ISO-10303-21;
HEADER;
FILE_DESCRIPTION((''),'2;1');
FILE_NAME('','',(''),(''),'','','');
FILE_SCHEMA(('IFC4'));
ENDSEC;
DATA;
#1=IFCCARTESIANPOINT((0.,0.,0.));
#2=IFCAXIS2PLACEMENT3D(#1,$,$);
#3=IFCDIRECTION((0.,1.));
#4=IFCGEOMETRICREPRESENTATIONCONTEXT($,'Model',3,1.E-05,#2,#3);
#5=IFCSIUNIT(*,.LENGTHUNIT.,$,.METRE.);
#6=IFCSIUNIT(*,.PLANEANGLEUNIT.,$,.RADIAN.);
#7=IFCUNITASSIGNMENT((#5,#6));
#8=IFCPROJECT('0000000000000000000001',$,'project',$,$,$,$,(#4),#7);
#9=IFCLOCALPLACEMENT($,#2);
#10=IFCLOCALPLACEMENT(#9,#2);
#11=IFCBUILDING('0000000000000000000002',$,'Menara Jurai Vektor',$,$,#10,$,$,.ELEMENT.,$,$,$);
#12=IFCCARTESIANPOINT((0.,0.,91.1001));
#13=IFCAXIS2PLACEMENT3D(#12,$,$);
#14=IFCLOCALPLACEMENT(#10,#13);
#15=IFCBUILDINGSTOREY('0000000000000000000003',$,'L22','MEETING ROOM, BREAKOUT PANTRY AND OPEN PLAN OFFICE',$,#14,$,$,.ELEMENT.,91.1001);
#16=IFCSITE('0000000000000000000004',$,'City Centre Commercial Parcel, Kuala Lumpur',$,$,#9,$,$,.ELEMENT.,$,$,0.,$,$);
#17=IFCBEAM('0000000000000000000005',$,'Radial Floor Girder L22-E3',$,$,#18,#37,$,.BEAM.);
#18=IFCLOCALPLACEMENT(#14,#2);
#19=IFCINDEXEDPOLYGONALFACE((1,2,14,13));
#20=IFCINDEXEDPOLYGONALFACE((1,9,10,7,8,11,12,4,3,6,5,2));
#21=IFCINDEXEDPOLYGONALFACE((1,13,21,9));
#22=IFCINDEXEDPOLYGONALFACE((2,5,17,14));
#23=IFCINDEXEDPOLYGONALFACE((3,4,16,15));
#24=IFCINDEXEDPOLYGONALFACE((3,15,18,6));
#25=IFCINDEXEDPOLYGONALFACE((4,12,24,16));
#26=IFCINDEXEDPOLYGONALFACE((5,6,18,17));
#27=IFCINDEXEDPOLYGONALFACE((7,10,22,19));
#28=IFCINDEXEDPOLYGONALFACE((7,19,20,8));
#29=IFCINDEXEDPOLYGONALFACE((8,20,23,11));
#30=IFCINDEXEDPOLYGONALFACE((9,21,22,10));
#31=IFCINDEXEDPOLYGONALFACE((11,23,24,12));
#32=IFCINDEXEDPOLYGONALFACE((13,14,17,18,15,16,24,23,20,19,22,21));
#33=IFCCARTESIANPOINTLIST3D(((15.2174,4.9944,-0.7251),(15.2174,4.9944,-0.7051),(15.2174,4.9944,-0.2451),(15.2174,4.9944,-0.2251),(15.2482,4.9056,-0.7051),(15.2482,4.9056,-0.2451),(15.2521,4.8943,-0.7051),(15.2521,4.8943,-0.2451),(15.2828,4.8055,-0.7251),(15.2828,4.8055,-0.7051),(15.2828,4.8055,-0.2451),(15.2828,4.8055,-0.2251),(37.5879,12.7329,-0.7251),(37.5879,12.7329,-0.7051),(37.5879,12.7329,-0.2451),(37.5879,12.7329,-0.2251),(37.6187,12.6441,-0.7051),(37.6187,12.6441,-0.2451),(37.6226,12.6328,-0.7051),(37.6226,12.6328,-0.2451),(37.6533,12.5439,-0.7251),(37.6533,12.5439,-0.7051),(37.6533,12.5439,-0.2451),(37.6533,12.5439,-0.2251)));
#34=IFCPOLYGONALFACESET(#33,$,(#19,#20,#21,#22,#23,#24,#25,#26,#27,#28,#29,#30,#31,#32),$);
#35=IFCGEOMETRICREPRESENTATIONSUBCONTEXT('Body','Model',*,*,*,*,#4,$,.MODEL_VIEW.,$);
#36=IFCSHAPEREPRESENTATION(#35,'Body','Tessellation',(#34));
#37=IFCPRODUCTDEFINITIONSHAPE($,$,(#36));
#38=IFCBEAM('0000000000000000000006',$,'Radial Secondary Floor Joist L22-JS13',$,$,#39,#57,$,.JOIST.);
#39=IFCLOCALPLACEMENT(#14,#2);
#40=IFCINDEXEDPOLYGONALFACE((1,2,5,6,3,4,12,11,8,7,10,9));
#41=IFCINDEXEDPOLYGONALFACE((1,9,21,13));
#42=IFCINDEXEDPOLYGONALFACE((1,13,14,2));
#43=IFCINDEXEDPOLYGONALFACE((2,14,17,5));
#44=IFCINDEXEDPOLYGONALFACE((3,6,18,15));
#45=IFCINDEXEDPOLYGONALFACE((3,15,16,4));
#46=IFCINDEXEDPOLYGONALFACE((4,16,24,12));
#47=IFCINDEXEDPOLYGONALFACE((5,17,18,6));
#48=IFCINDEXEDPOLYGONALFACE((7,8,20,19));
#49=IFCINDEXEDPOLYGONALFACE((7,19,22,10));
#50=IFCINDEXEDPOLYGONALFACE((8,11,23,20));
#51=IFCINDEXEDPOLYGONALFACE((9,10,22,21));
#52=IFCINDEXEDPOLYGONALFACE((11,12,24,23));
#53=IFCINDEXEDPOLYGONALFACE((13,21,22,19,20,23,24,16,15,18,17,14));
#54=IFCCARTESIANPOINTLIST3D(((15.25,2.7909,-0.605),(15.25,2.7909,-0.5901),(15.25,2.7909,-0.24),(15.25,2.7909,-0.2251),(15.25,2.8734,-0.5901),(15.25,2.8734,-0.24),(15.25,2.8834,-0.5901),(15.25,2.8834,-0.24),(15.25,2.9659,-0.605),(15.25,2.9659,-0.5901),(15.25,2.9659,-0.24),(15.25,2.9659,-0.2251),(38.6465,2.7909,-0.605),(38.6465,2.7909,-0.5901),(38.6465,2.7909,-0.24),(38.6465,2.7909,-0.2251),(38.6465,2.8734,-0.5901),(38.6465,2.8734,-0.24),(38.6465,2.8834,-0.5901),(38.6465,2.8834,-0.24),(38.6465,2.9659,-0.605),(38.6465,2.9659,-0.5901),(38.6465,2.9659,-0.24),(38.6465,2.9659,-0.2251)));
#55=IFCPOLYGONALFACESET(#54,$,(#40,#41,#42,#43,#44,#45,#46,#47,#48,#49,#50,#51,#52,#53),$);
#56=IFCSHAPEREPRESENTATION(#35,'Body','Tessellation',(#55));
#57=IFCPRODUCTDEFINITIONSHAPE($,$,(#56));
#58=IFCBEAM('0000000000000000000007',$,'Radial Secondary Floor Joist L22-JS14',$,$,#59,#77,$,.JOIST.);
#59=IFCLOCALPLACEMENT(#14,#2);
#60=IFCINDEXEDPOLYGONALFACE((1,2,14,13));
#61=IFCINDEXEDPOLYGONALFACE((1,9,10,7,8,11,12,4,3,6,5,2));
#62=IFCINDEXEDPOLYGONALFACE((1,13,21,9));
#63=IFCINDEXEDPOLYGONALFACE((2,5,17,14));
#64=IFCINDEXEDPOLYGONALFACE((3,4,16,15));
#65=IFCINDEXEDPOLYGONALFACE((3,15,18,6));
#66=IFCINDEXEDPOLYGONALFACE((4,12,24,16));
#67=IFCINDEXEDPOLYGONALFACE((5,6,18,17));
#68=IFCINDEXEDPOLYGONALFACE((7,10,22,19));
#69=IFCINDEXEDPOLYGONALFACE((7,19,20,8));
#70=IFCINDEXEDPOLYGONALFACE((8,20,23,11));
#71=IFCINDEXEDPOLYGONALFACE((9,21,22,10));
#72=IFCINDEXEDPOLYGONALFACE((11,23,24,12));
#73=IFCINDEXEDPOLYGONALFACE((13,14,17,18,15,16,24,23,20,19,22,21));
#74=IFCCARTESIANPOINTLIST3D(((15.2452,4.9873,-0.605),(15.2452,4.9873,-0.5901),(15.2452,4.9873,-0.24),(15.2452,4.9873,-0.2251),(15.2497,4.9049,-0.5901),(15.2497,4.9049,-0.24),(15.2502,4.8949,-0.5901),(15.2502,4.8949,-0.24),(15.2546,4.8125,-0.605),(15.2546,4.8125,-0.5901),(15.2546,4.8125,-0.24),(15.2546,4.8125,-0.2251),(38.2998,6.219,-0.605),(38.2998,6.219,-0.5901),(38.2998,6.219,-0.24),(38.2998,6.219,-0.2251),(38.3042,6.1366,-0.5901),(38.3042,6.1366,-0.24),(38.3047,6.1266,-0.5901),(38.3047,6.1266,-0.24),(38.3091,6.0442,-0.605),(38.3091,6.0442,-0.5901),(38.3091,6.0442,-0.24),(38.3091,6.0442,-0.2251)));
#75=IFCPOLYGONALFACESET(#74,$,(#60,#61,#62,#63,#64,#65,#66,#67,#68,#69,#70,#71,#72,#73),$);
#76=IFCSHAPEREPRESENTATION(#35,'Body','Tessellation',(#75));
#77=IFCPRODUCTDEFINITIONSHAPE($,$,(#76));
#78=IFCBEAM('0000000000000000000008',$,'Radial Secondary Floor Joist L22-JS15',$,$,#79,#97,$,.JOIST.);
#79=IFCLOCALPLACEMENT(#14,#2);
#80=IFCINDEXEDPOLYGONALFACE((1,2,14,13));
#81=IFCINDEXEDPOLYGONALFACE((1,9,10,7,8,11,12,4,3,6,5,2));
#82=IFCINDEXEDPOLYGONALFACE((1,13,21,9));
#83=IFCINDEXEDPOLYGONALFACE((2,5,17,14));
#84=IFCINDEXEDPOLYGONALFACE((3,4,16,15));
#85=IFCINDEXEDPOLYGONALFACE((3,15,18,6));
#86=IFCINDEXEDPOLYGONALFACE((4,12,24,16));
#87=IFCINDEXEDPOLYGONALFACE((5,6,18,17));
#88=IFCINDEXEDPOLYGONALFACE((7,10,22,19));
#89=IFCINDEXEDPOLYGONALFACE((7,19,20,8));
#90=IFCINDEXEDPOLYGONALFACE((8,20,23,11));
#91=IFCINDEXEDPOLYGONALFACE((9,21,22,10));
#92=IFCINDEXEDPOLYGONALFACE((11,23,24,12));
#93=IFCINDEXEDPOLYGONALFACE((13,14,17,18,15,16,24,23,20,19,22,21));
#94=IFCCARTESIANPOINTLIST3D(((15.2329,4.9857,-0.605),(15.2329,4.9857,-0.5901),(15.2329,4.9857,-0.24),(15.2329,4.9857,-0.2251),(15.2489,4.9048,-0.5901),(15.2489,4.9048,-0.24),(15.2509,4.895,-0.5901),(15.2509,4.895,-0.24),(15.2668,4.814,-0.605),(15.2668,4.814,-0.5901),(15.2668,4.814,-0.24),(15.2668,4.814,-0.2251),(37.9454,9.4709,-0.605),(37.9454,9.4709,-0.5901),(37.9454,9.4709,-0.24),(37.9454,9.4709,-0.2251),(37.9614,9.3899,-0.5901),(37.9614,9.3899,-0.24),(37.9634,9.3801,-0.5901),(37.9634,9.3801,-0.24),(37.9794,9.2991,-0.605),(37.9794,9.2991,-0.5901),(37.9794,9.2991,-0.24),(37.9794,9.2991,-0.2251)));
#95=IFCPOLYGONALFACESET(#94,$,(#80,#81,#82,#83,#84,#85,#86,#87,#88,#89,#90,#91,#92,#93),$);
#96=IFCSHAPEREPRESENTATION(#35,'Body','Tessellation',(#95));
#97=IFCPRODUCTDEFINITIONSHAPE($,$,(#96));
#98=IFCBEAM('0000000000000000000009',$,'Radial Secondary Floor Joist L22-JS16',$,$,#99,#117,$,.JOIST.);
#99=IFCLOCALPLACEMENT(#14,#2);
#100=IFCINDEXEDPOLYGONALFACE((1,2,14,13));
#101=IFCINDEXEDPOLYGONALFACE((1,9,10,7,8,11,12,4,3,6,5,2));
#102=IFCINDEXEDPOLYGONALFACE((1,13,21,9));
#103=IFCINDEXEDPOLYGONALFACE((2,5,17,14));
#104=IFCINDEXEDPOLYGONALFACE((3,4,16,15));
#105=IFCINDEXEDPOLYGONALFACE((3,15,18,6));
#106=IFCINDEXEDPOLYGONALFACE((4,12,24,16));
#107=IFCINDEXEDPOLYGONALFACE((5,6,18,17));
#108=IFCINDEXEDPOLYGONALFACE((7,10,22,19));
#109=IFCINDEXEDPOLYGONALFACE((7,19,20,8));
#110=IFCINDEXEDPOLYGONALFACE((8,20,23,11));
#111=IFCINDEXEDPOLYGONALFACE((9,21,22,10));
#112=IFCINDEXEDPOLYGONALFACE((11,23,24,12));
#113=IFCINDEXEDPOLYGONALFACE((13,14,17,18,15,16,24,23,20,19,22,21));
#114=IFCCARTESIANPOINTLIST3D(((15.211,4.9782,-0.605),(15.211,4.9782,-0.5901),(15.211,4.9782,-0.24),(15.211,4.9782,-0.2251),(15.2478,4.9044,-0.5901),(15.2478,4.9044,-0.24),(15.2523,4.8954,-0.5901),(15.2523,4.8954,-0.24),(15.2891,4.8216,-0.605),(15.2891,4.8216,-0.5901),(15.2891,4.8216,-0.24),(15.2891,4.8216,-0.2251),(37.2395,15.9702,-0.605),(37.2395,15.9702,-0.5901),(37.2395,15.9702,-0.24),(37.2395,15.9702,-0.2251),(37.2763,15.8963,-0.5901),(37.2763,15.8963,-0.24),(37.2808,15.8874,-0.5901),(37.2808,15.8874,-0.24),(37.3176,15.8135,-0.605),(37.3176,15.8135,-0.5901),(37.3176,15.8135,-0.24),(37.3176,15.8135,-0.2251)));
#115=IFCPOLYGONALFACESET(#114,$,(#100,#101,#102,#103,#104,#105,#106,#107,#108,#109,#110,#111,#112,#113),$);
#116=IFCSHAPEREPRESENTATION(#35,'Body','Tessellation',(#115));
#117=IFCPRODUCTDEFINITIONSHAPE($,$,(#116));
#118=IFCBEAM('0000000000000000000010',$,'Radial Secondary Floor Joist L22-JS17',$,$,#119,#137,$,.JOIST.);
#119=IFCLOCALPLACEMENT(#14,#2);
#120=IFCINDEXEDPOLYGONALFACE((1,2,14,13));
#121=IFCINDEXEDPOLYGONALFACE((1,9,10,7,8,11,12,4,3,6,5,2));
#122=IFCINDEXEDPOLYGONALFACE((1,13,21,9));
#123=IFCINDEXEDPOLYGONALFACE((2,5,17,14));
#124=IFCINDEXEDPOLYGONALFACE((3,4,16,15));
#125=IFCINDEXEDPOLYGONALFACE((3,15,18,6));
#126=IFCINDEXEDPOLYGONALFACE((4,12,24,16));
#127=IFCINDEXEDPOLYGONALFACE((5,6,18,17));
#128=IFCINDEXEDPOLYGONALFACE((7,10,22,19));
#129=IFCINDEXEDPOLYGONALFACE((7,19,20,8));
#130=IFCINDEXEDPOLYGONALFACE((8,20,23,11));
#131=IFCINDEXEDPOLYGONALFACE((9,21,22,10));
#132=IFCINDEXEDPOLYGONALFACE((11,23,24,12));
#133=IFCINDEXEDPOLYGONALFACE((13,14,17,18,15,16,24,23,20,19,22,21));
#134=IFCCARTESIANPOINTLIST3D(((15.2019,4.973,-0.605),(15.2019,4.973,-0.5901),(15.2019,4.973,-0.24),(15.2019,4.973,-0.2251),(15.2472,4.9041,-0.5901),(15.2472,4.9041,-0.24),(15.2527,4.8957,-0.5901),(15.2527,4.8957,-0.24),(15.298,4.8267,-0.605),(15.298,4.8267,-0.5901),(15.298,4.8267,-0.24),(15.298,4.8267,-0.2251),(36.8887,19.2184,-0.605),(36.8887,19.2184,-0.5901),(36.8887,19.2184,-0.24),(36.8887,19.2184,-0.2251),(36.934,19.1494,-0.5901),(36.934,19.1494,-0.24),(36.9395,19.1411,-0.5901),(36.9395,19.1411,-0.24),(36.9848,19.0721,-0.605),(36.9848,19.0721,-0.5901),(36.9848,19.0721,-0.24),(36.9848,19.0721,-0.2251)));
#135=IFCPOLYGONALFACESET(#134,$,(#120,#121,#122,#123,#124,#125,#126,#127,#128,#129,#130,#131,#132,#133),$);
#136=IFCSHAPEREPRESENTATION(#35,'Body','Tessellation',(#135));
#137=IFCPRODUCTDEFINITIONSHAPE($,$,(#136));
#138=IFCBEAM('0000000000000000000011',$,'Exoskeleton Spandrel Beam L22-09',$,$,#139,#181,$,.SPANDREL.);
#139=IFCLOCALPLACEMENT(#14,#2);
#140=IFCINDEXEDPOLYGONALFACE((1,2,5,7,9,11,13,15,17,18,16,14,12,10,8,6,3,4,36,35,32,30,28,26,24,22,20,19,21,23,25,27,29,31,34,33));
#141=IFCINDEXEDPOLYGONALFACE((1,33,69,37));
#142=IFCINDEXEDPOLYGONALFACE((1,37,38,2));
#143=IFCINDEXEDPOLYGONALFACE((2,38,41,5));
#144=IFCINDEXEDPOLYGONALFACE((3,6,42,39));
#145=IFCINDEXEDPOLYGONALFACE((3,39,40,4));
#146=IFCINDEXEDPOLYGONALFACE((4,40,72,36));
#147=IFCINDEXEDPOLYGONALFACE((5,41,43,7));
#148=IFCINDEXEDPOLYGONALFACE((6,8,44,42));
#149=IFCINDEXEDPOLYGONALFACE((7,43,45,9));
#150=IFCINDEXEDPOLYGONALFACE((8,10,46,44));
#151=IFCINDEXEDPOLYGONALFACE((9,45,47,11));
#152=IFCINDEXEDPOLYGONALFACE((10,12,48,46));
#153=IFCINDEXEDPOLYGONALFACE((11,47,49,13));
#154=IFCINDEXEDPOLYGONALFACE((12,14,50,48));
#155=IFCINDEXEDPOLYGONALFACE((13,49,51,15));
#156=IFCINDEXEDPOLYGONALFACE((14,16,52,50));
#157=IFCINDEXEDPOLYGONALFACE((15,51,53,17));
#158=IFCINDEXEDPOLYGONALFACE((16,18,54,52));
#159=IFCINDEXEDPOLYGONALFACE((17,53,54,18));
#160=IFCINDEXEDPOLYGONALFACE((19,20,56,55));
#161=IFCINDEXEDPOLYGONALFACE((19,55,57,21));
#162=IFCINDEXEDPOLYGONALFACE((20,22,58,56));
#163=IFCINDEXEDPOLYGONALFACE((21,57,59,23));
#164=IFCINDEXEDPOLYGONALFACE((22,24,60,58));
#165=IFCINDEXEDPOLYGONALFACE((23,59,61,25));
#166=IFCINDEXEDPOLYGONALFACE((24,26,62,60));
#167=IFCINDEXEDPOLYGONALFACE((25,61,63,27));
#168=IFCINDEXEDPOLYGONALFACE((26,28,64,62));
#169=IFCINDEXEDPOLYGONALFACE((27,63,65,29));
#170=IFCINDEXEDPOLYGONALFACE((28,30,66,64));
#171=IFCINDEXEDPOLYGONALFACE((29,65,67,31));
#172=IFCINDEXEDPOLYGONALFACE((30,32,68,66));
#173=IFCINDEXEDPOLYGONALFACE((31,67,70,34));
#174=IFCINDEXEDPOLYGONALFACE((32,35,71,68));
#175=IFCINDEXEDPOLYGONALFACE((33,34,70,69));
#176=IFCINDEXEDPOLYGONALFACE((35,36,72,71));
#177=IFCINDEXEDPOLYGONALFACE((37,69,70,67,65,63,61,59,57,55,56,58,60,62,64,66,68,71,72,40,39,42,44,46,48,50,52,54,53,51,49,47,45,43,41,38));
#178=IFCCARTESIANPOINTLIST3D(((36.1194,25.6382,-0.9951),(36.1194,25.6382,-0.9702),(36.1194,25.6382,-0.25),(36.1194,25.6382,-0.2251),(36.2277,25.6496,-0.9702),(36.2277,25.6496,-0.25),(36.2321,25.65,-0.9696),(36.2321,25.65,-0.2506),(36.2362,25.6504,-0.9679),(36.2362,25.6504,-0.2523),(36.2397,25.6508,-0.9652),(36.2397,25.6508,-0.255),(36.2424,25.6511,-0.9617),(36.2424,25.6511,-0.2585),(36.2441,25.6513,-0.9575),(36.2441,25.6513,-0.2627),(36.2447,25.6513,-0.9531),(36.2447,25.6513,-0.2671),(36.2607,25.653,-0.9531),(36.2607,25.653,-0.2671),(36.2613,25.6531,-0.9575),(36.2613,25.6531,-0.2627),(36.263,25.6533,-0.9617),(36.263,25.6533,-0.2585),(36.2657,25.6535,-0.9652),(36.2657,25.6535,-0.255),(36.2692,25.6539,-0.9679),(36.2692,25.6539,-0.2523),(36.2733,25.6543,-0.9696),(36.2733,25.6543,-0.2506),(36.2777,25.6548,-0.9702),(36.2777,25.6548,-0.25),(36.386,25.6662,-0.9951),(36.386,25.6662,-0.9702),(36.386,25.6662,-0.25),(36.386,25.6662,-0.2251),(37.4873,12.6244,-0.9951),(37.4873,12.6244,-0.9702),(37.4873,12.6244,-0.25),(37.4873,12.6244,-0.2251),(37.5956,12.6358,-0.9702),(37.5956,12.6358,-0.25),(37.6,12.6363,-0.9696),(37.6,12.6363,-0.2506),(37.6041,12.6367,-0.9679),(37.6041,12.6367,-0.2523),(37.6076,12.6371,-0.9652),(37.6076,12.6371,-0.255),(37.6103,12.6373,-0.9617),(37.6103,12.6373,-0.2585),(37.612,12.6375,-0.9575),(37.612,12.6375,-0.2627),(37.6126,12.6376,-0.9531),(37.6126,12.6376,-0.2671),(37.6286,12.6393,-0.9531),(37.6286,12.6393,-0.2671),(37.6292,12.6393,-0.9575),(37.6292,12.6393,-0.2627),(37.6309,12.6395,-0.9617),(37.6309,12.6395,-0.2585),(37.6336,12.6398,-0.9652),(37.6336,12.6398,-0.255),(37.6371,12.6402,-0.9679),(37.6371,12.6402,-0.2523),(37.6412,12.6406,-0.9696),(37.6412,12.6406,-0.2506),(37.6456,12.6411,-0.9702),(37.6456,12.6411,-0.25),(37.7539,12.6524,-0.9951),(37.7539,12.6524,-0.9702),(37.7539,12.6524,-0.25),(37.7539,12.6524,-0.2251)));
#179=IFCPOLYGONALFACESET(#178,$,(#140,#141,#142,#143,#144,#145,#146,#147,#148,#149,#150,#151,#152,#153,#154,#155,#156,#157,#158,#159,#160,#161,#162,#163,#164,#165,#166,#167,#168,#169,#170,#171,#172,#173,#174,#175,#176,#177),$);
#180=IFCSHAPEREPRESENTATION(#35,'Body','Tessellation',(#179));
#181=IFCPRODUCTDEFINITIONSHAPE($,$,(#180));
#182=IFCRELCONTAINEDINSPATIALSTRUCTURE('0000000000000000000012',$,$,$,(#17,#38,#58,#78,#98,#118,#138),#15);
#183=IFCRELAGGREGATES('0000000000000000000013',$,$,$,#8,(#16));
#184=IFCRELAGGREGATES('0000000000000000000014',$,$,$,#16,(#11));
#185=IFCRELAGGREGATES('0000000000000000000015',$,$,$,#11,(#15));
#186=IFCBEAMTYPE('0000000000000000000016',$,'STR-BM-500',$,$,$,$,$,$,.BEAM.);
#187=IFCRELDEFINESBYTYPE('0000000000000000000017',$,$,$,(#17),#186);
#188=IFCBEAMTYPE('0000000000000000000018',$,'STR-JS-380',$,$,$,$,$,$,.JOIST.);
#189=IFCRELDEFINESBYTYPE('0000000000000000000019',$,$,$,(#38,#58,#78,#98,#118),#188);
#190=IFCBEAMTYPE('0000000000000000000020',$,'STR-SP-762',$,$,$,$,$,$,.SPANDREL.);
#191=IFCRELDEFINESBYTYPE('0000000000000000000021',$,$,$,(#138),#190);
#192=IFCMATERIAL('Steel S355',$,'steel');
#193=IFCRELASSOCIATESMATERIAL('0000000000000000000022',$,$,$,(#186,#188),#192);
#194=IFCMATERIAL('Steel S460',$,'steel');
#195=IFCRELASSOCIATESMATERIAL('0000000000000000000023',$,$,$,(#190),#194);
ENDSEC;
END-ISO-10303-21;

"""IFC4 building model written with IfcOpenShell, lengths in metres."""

from ifc_helpers import new_model, si_unit, direction, frame, origin, origin_2d, place, context, subcontext, project, spatial, i_section, extrude, material, material_profile, profile_set, type_object, element, save


model = new_model("IFC4")

# Units and contexts
model_context = context("Model", 3, precision=1e-05, world=origin(), true_north=direction((0.0, 1.0)))
body_context = subcontext(model_context, "Body", "Model", "MODEL_VIEW")
ifc_project = project(units=[si_unit("LENGTHUNIT", "METRE"), si_unit("PLANEANGLEUNIT", "RADIAN")], contexts=[model_context])

# Site, building, storey
site_placement = place(None, origin())
site = spatial("IfcSite", under=ifc_project, at=site_placement, Name="City Centre Commercial Parcel, Kuala Lumpur", CompositionType="ELEMENT", RefElevation=0.0)
building_placement = place(site_placement, origin())
building = spatial("IfcBuilding", under=site, at=building_placement, Name="Menara Jurai Vektor", CompositionType="ELEMENT")
storey_placement = place(building_placement, frame((0.0, 0.0, 91.1001)))
storey = spatial("IfcBuildingStorey", under=building, at=storey_placement, Name="L22", Description="MEETING ROOM, BREAKOUT PANTRY AND OPEN PLAN OFFICE", CompositionType="ELEMENT", Elevation=91.1001)

# Shared definitions
ifc_material_1 = material(Name="Steel S460", Category="steel")

# Beams
ifc_material_2 = material(Name="Steel S355", Category="steel")
ifc_material_profile_1 = material_profile(ifc_material_2, i_section(OverallWidth=0.2, OverallDepth=0.5, WebThickness=0.012, FlangeThickness=0.02, at=origin_2d()), Name="PG 500x200x96")
ifc_profile_set_1 = profile_set([ifc_material_profile_1], Name="Steel S355")
beam_type_1 = type_object("IfcBeamType", Name="STR-BM-500", PredefinedType="BEAM", material=ifc_profile_set_1)
beam_1_placement = place(storey_placement, frame((37.6206, 12.6384, -0.4751), z_axis=(-0.945053, -0.326916, 0.0), x_axis=(0.326916, -0.945053, 0.0)))
element("IfcBeam", 1, at=beam_1_placement, inside=storey, type_object=beam_type_1, Name="Radial Floor Girder L22-E3", PredefinedType="BEAM", context=body_context, shape_type="SweptSolid", body=[
    extrude(i_section(OverallWidth=0.2, OverallDepth=0.5, WebThickness=0.012, FlangeThickness=0.02, at=origin_2d()), origin(), (0.0, 0.0, 1.0), 23.6711),
])
ifc_material_profile_2 = material_profile(ifc_material_2, i_section(OverallWidth=0.175, OverallDepth=0.3799, WebThickness=0.01, FlangeThickness=0.0149, at=origin_2d()), Name="PG 380x175x58")
ifc_profile_set_2 = profile_set([ifc_material_profile_2], Name="Steel S355")
beam_type_2 = type_object("IfcBeamType", Name="STR-JS-380", PredefinedType="JOIST", material=ifc_profile_set_2)
beam_2_placement = place(storey_placement, frame((38.6465, 2.8784, -0.415), z_axis=(-1.0, 0.0, 0.0), x_axis=(0.0, -1.0, 0.0)))
element("IfcBeam", 2, at=beam_2_placement, inside=storey, type_object=beam_type_2, Name="Radial Secondary Floor Joist L22-JS13", PredefinedType="JOIST", context=body_context, shape_type="SweptSolid", body=[
    extrude(i_section(OverallWidth=0.175, OverallDepth=0.3799, WebThickness=0.01, FlangeThickness=0.0149, at=origin_2d()), origin(), (0.0, 0.0, 1.0), 23.3965),
])
beam_3_placement = place(storey_placement, frame((38.3044, 6.1316, -0.415), z_axis=(-0.998576, -0.053349, 0.0), x_axis=(0.053349, -0.998576, 0.0)))
element("IfcBeam", 3, at=beam_3_placement, inside=storey, type_object=beam_type_2, Name="Radial Secondary Floor Joist L22-JS14", PredefinedType="JOIST", context=body_context, shape_type="SweptSolid", body=[
    extrude(i_section(OverallWidth=0.175, OverallDepth=0.3799, WebThickness=0.01, FlangeThickness=0.0149, at=origin_2d()), origin(), (0.0, 0.0, 1.0), 23.0874),
])
beam_4_placement = place(storey_placement, frame((37.9624, 9.385, -0.415), z_axis=(-0.981054, -0.193733, 0.0), x_axis=(0.193733, -0.981054, 0.0)))
element("IfcBeam", 4, at=beam_4_placement, inside=storey, type_object=beam_type_2, Name="Radial Secondary Floor Joist L22-JS15", PredefinedType="JOIST", context=body_context, shape_type="SweptSolid", body=[
    extrude(i_section(OverallWidth=0.175, OverallDepth=0.3799, WebThickness=0.01, FlangeThickness=0.0149, at=origin_2d()), origin(), (0.0, 0.0, 1.0), 23.1511),
])
beam_5_placement = place(storey_placement, frame((37.2786, 15.8918, -0.415), z_axis=(-0.89479, -0.446488, 0.0), x_axis=(0.446488, -0.89479, 0.0)))
element("IfcBeam", 5, at=beam_5_placement, inside=storey, type_object=beam_type_2, Name="Radial Secondary Floor Joist L22-JS16", PredefinedType="JOIST", context=body_context, shape_type="SweptSolid", body=[
    extrude(i_section(OverallWidth=0.175, OverallDepth=0.3799, WebThickness=0.01, FlangeThickness=0.0149, at=origin_2d()), origin(), (0.0, 0.0, 1.0), 24.6187),
])
beam_6_placement = place(storey_placement, frame((36.9368, 19.1453, -0.415), z_axis=(-0.835811, -0.549018, 0.0), x_axis=(0.549018, -0.835811, 0.0)))
element("IfcBeam", 6, at=beam_6_placement, inside=storey, type_object=beam_type_2, Name="Radial Secondary Floor Joist L22-JS17", PredefinedType="JOIST", context=body_context, shape_type="SweptSolid", body=[
    extrude(i_section(OverallWidth=0.175, OverallDepth=0.3799, WebThickness=0.01, FlangeThickness=0.0149, at=origin_2d()), origin(), (0.0, 0.0, 1.0), 25.947),
])
ifc_material_profile_3 = material_profile(ifc_material_1, i_section(OverallWidth=0.2681, OverallDepth=0.77, WebThickness=0.0161, FlangeThickness=0.0249, FilletRadius=0.0171, at=origin_2d()), Name="UKB 762x267x197")
ifc_profile_set_3 = profile_set([ifc_material_profile_3], Name="Steel S460")
beam_type_3 = type_object("IfcBeamType", Name="STR-SP-762", PredefinedType="SPANDREL", material=ifc_profile_set_3)
beam_7_placement = place(storey_placement, frame((37.6206, 12.6384, -0.6101), z_axis=(-0.104538, 0.994521, 0.0), x_axis=(-0.994521, -0.104538, 0.0)))
element("IfcBeam", 7, at=beam_7_placement, inside=storey, type_object=beam_type_3, Name="Exoskeleton Spandrel Beam L22-09", PredefinedType="SPANDREL", context=body_context, shape_type="SweptSolid", body=[
    extrude(i_section(OverallWidth=0.2681, OverallDepth=0.77, WebThickness=0.0161, FlangeThickness=0.0249, FilletRadius=0.0171, at=origin_2d()), origin(), (0.0, 0.0, 1.0), 13.0854),
])

save(model, "model.ifc")
